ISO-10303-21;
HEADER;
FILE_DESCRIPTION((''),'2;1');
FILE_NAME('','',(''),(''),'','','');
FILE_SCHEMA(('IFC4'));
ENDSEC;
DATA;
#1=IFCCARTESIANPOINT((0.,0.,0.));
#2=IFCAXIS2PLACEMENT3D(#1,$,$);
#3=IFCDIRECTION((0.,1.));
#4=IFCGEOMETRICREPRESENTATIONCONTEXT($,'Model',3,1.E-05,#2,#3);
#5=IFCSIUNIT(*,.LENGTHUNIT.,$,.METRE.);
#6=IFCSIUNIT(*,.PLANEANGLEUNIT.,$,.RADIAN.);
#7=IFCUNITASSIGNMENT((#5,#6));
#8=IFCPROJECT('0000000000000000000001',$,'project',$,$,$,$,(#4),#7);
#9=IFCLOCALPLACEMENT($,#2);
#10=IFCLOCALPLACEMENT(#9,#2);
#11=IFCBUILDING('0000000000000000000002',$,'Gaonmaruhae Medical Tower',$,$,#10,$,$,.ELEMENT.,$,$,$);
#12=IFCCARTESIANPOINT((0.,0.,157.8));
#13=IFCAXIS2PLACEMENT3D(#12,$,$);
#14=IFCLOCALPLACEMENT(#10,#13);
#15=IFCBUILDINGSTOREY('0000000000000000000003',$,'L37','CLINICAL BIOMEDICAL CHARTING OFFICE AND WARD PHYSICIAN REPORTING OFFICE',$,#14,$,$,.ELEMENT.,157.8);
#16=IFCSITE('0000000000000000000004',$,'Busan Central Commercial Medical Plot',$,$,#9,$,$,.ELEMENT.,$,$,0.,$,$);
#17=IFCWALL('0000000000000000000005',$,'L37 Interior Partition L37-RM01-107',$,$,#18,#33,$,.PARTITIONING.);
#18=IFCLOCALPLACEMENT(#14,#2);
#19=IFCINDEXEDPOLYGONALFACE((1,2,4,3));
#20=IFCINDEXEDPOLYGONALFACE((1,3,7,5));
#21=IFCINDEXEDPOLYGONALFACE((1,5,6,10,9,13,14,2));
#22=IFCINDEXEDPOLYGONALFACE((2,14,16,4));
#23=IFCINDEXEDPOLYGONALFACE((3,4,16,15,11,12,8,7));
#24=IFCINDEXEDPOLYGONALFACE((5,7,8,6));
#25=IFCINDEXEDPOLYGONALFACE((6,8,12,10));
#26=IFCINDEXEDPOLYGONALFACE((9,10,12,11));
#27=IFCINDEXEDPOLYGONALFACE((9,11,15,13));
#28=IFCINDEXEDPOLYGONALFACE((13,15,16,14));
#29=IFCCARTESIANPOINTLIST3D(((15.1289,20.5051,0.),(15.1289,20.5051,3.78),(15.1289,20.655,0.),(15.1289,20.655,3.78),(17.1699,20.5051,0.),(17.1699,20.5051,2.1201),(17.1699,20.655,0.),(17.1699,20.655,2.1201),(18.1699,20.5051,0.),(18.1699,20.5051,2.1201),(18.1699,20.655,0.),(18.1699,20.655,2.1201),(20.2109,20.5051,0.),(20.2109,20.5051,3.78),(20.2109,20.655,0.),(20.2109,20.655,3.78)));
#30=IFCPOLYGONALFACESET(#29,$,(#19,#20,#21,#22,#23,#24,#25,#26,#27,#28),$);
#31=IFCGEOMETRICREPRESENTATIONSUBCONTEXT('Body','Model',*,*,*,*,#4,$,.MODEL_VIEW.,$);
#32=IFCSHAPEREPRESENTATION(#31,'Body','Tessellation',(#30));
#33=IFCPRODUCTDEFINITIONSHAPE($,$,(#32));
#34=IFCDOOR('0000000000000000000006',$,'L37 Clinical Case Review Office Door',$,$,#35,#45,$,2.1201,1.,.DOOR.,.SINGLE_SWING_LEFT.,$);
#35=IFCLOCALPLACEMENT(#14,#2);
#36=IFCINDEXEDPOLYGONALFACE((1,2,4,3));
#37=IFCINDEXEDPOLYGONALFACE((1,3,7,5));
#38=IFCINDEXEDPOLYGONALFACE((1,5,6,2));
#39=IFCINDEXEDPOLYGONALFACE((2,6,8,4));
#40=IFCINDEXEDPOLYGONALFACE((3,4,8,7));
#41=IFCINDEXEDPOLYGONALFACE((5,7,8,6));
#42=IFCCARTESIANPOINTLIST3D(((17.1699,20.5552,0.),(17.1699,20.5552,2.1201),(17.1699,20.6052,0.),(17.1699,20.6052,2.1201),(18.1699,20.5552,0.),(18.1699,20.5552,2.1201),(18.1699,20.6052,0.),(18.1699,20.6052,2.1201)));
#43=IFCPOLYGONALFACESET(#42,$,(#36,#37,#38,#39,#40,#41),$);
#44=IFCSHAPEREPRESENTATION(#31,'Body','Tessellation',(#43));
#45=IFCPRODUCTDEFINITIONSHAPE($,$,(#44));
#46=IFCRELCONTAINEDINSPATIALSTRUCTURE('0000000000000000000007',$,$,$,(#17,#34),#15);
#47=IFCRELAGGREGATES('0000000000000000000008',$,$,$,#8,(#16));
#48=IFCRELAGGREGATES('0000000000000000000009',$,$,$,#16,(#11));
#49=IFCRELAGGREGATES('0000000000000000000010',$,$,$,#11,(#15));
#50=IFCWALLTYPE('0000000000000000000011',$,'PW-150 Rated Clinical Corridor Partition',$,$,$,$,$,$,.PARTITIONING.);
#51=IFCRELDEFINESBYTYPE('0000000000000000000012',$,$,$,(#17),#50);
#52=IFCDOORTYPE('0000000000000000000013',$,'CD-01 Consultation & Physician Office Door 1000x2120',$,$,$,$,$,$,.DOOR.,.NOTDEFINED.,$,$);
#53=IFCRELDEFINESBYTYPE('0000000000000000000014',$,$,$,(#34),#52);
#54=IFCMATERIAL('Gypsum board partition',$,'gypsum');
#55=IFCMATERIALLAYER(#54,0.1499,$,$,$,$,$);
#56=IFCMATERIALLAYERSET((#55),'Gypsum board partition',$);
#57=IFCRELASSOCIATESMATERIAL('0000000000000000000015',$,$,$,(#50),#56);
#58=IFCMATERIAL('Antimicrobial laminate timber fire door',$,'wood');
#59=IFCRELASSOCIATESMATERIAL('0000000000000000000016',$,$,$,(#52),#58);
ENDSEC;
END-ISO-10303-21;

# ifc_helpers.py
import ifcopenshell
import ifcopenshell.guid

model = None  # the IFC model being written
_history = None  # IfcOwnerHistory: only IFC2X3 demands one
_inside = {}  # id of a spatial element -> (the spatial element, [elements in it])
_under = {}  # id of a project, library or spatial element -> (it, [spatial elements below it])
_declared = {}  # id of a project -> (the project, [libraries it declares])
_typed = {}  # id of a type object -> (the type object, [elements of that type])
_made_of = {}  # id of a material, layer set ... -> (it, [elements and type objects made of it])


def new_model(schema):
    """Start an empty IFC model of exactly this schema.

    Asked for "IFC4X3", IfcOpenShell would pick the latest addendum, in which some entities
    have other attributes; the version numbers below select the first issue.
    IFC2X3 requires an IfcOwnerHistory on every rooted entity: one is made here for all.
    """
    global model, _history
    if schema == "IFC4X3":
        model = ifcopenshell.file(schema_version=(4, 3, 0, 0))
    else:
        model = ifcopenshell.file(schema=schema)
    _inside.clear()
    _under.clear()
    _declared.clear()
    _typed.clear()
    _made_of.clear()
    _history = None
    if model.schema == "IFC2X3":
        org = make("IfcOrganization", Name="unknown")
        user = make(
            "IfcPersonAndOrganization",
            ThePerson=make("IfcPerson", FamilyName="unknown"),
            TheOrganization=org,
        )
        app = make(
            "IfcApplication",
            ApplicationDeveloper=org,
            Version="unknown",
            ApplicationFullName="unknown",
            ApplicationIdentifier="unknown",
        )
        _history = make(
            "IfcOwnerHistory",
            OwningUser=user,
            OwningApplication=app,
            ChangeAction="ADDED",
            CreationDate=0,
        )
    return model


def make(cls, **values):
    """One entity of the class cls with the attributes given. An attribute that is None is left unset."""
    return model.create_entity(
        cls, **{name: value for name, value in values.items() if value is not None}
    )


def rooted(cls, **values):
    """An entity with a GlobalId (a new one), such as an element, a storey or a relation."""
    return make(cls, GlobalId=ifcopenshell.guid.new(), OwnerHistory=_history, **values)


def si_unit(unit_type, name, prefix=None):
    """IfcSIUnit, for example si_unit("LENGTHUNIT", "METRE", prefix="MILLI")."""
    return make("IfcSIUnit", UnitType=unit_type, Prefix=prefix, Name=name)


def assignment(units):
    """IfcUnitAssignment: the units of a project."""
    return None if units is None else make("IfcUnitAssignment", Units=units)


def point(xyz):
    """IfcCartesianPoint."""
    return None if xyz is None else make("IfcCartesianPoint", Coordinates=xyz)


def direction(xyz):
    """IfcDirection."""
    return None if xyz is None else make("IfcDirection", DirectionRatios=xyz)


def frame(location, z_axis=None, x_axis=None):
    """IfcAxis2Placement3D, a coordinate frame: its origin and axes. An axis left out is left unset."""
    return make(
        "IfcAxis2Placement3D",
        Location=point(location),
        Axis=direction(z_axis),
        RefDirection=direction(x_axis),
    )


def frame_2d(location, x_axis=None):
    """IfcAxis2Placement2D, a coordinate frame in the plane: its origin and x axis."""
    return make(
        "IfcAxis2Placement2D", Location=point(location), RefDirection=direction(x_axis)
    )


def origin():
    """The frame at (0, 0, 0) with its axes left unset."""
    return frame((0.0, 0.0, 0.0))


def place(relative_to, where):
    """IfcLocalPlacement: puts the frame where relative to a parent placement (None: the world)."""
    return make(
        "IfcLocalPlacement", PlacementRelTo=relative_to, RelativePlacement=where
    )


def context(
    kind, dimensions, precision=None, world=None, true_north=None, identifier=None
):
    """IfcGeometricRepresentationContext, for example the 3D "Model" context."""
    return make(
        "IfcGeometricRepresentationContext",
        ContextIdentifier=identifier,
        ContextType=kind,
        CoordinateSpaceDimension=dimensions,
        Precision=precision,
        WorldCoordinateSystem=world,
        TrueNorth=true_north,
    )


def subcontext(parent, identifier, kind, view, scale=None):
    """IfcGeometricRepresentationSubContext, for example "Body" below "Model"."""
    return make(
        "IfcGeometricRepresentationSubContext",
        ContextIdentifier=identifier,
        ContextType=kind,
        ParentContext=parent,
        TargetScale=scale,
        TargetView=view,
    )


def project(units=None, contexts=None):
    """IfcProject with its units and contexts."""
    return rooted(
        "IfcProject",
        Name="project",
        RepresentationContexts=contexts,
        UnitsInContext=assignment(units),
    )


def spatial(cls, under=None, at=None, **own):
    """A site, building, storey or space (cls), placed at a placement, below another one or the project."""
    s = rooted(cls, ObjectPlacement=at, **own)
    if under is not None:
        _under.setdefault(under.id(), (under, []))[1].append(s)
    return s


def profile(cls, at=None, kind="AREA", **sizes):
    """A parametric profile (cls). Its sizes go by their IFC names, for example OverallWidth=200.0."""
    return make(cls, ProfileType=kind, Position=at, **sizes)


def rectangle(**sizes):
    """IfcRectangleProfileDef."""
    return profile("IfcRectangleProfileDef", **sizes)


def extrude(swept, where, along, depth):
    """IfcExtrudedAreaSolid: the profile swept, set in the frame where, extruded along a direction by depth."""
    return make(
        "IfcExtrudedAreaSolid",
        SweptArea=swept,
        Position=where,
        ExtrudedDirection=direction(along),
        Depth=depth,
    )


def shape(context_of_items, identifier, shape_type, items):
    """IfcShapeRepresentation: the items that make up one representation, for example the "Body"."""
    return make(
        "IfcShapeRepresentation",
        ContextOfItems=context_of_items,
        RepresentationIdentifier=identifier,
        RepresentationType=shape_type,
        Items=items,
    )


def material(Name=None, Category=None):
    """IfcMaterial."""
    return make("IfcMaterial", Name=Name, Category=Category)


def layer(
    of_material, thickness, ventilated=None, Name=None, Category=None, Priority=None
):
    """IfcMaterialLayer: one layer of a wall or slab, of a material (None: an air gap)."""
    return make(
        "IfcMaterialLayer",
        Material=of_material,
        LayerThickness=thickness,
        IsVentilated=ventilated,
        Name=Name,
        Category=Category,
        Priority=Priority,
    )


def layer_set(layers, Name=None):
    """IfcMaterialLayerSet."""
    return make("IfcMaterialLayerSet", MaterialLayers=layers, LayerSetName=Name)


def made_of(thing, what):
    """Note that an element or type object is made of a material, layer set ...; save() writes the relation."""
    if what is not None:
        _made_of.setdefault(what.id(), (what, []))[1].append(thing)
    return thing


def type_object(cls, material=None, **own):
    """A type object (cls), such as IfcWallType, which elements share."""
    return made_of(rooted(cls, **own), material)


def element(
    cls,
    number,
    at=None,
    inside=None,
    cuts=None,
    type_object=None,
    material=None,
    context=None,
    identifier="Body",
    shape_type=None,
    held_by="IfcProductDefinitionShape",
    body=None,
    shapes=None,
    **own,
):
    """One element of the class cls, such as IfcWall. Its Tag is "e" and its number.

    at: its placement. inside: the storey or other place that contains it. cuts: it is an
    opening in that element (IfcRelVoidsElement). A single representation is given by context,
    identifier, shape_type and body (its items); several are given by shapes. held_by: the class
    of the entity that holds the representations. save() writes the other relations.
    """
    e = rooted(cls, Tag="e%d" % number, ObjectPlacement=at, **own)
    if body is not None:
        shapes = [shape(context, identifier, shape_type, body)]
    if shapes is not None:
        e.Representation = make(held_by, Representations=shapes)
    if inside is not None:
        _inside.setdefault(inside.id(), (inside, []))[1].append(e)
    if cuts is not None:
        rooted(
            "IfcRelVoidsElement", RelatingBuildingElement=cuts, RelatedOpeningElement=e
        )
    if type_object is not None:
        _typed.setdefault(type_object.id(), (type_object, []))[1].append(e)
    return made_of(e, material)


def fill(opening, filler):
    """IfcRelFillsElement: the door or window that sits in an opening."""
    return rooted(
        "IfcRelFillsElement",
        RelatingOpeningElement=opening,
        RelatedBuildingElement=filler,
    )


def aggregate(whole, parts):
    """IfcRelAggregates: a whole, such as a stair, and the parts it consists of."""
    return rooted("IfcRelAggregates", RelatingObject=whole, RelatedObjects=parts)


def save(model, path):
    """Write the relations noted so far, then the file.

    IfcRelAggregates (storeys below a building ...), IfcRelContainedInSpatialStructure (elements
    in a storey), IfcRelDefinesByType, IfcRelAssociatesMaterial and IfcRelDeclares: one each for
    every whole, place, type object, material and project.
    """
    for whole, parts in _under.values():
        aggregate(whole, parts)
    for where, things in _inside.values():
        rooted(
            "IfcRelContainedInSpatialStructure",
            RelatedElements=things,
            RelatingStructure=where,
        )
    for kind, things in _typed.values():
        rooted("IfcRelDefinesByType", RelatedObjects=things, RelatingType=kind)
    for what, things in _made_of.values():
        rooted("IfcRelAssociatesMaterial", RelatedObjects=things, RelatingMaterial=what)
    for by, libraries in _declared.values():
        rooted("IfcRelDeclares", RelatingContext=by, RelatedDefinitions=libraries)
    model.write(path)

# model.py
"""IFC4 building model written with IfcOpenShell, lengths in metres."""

from ifc_helpers import new_model, si_unit, direction, frame, frame_2d, origin, place, context, subcontext, project, spatial, rectangle, extrude, material, layer, layer_set, type_object, element, fill, save


model = new_model("IFC4")

# Units and contexts
model_context = context("Model", 3, precision=1e-05, world=origin(), true_north=direction((0.0, 1.0)))
body_context = subcontext(model_context, "Body", "Model", "MODEL_VIEW")
ifc_project = project(units=[si_unit("LENGTHUNIT", "METRE"), si_unit("PLANEANGLEUNIT", "RADIAN")], contexts=[model_context])

# Site, building, storey
site_placement = place(None, origin())
site = spatial("IfcSite", under=ifc_project, at=site_placement, Name="Busan Central Commercial Medical Plot", CompositionType="ELEMENT", RefElevation=0.0)
building_placement = place(site_placement, origin())
building = spatial("IfcBuilding", under=site, at=building_placement, Name="Gaonmaruhae Medical Tower", CompositionType="ELEMENT")
storey_placement = place(building_placement, frame((0.0, 0.0, 157.8)))
storey = spatial("IfcBuildingStorey", under=building, at=storey_placement, Name="L37", Description="CLINICAL BIOMEDICAL CHARTING OFFICE AND WARD PHYSICIAN REPORTING OFFICE", CompositionType="ELEMENT", Elevation=157.8)

# Shared definitions
ifc_material_1 = material(Name="Gypsum board partition", Category="gypsum")
ifc_layer_1 = layer(ifc_material_1, 0.1499)
ifc_layer_set_1 = layer_set([ifc_layer_1], Name="Gypsum board partition")
wall_type = type_object("IfcWallType", Name="PW-150 Rated Clinical Corridor Partition", PredefinedType="PARTITIONING", material=ifc_layer_set_1)

# Shared definitions
ifc_material_2 = material(Name="Antimicrobial laminate timber fire door", Category="wood")
door_type_1 = type_object("IfcDoorType", Name="CD-01 Consultation & Physician Office Door 1000x2120", OperationType="NOTDEFINED", PredefinedType="DOOR", material=ifc_material_2)

# Wall, opening, door
wall_1_placement = place(storey_placement, frame((20.2109, 20.5801, 0.0), z_axis=(0.0, 0.0, 1.0), x_axis=(-1.0, 0.0, 0.0)))
wall_1 = element("IfcWall", 1, at=wall_1_placement, inside=storey, type_object=wall_type, Name="L37 Interior Partition L37-RM01-107", PredefinedType="PARTITIONING", context=body_context, shape_type="SweptSolid", body=[
    extrude(rectangle(XDim=5.082, YDim=0.1499, at=frame_2d((2.541, 0.0))), origin(), (0.0, 0.0, 1.0), 3.78),
])
opening_1_placement = place(wall_1_placement, frame((2.041, 0.0, 0.0)))
opening_1 = element("IfcOpeningElement", 2, at=opening_1_placement, cuts=wall_1, PredefinedType="OPENING", context=body_context, shape_type="SweptSolid", body=[
    extrude(rectangle(XDim=1.0, YDim=2.1201, at=frame_2d((0.5, 1.0601))), frame((0.0, 0.085, 0.0), z_axis=(0.0, -1.0, 0.0), x_axis=(1.0, 0.0, 0.0)), (0.0, 0.0, 1.0), 0.1699),
])
door_1_placement = place(opening_1_placement, origin())
door_1 = element("IfcDoor", 3, at=door_1_placement, inside=storey, type_object=door_type_1, Name="L37 Clinical Case Review Office Door", OperationType="SINGLE_SWING_LEFT", OverallHeight=2.1201, OverallWidth=1.0, PredefinedType="DOOR", context=body_context, shape_type="SweptSolid", body=[
    extrude(rectangle(XDim=1.0, YDim=2.1201, at=frame_2d((0.5, 1.0601))), frame((0.0, 0.0249, 0.0), z_axis=(0.0, -1.0, 0.0), x_axis=(1.0, 0.0, 0.0)), (0.0, 0.0, 1.0), 0.05),
])
fill(opening_1, door_1)

save(model, "model.ifc")
